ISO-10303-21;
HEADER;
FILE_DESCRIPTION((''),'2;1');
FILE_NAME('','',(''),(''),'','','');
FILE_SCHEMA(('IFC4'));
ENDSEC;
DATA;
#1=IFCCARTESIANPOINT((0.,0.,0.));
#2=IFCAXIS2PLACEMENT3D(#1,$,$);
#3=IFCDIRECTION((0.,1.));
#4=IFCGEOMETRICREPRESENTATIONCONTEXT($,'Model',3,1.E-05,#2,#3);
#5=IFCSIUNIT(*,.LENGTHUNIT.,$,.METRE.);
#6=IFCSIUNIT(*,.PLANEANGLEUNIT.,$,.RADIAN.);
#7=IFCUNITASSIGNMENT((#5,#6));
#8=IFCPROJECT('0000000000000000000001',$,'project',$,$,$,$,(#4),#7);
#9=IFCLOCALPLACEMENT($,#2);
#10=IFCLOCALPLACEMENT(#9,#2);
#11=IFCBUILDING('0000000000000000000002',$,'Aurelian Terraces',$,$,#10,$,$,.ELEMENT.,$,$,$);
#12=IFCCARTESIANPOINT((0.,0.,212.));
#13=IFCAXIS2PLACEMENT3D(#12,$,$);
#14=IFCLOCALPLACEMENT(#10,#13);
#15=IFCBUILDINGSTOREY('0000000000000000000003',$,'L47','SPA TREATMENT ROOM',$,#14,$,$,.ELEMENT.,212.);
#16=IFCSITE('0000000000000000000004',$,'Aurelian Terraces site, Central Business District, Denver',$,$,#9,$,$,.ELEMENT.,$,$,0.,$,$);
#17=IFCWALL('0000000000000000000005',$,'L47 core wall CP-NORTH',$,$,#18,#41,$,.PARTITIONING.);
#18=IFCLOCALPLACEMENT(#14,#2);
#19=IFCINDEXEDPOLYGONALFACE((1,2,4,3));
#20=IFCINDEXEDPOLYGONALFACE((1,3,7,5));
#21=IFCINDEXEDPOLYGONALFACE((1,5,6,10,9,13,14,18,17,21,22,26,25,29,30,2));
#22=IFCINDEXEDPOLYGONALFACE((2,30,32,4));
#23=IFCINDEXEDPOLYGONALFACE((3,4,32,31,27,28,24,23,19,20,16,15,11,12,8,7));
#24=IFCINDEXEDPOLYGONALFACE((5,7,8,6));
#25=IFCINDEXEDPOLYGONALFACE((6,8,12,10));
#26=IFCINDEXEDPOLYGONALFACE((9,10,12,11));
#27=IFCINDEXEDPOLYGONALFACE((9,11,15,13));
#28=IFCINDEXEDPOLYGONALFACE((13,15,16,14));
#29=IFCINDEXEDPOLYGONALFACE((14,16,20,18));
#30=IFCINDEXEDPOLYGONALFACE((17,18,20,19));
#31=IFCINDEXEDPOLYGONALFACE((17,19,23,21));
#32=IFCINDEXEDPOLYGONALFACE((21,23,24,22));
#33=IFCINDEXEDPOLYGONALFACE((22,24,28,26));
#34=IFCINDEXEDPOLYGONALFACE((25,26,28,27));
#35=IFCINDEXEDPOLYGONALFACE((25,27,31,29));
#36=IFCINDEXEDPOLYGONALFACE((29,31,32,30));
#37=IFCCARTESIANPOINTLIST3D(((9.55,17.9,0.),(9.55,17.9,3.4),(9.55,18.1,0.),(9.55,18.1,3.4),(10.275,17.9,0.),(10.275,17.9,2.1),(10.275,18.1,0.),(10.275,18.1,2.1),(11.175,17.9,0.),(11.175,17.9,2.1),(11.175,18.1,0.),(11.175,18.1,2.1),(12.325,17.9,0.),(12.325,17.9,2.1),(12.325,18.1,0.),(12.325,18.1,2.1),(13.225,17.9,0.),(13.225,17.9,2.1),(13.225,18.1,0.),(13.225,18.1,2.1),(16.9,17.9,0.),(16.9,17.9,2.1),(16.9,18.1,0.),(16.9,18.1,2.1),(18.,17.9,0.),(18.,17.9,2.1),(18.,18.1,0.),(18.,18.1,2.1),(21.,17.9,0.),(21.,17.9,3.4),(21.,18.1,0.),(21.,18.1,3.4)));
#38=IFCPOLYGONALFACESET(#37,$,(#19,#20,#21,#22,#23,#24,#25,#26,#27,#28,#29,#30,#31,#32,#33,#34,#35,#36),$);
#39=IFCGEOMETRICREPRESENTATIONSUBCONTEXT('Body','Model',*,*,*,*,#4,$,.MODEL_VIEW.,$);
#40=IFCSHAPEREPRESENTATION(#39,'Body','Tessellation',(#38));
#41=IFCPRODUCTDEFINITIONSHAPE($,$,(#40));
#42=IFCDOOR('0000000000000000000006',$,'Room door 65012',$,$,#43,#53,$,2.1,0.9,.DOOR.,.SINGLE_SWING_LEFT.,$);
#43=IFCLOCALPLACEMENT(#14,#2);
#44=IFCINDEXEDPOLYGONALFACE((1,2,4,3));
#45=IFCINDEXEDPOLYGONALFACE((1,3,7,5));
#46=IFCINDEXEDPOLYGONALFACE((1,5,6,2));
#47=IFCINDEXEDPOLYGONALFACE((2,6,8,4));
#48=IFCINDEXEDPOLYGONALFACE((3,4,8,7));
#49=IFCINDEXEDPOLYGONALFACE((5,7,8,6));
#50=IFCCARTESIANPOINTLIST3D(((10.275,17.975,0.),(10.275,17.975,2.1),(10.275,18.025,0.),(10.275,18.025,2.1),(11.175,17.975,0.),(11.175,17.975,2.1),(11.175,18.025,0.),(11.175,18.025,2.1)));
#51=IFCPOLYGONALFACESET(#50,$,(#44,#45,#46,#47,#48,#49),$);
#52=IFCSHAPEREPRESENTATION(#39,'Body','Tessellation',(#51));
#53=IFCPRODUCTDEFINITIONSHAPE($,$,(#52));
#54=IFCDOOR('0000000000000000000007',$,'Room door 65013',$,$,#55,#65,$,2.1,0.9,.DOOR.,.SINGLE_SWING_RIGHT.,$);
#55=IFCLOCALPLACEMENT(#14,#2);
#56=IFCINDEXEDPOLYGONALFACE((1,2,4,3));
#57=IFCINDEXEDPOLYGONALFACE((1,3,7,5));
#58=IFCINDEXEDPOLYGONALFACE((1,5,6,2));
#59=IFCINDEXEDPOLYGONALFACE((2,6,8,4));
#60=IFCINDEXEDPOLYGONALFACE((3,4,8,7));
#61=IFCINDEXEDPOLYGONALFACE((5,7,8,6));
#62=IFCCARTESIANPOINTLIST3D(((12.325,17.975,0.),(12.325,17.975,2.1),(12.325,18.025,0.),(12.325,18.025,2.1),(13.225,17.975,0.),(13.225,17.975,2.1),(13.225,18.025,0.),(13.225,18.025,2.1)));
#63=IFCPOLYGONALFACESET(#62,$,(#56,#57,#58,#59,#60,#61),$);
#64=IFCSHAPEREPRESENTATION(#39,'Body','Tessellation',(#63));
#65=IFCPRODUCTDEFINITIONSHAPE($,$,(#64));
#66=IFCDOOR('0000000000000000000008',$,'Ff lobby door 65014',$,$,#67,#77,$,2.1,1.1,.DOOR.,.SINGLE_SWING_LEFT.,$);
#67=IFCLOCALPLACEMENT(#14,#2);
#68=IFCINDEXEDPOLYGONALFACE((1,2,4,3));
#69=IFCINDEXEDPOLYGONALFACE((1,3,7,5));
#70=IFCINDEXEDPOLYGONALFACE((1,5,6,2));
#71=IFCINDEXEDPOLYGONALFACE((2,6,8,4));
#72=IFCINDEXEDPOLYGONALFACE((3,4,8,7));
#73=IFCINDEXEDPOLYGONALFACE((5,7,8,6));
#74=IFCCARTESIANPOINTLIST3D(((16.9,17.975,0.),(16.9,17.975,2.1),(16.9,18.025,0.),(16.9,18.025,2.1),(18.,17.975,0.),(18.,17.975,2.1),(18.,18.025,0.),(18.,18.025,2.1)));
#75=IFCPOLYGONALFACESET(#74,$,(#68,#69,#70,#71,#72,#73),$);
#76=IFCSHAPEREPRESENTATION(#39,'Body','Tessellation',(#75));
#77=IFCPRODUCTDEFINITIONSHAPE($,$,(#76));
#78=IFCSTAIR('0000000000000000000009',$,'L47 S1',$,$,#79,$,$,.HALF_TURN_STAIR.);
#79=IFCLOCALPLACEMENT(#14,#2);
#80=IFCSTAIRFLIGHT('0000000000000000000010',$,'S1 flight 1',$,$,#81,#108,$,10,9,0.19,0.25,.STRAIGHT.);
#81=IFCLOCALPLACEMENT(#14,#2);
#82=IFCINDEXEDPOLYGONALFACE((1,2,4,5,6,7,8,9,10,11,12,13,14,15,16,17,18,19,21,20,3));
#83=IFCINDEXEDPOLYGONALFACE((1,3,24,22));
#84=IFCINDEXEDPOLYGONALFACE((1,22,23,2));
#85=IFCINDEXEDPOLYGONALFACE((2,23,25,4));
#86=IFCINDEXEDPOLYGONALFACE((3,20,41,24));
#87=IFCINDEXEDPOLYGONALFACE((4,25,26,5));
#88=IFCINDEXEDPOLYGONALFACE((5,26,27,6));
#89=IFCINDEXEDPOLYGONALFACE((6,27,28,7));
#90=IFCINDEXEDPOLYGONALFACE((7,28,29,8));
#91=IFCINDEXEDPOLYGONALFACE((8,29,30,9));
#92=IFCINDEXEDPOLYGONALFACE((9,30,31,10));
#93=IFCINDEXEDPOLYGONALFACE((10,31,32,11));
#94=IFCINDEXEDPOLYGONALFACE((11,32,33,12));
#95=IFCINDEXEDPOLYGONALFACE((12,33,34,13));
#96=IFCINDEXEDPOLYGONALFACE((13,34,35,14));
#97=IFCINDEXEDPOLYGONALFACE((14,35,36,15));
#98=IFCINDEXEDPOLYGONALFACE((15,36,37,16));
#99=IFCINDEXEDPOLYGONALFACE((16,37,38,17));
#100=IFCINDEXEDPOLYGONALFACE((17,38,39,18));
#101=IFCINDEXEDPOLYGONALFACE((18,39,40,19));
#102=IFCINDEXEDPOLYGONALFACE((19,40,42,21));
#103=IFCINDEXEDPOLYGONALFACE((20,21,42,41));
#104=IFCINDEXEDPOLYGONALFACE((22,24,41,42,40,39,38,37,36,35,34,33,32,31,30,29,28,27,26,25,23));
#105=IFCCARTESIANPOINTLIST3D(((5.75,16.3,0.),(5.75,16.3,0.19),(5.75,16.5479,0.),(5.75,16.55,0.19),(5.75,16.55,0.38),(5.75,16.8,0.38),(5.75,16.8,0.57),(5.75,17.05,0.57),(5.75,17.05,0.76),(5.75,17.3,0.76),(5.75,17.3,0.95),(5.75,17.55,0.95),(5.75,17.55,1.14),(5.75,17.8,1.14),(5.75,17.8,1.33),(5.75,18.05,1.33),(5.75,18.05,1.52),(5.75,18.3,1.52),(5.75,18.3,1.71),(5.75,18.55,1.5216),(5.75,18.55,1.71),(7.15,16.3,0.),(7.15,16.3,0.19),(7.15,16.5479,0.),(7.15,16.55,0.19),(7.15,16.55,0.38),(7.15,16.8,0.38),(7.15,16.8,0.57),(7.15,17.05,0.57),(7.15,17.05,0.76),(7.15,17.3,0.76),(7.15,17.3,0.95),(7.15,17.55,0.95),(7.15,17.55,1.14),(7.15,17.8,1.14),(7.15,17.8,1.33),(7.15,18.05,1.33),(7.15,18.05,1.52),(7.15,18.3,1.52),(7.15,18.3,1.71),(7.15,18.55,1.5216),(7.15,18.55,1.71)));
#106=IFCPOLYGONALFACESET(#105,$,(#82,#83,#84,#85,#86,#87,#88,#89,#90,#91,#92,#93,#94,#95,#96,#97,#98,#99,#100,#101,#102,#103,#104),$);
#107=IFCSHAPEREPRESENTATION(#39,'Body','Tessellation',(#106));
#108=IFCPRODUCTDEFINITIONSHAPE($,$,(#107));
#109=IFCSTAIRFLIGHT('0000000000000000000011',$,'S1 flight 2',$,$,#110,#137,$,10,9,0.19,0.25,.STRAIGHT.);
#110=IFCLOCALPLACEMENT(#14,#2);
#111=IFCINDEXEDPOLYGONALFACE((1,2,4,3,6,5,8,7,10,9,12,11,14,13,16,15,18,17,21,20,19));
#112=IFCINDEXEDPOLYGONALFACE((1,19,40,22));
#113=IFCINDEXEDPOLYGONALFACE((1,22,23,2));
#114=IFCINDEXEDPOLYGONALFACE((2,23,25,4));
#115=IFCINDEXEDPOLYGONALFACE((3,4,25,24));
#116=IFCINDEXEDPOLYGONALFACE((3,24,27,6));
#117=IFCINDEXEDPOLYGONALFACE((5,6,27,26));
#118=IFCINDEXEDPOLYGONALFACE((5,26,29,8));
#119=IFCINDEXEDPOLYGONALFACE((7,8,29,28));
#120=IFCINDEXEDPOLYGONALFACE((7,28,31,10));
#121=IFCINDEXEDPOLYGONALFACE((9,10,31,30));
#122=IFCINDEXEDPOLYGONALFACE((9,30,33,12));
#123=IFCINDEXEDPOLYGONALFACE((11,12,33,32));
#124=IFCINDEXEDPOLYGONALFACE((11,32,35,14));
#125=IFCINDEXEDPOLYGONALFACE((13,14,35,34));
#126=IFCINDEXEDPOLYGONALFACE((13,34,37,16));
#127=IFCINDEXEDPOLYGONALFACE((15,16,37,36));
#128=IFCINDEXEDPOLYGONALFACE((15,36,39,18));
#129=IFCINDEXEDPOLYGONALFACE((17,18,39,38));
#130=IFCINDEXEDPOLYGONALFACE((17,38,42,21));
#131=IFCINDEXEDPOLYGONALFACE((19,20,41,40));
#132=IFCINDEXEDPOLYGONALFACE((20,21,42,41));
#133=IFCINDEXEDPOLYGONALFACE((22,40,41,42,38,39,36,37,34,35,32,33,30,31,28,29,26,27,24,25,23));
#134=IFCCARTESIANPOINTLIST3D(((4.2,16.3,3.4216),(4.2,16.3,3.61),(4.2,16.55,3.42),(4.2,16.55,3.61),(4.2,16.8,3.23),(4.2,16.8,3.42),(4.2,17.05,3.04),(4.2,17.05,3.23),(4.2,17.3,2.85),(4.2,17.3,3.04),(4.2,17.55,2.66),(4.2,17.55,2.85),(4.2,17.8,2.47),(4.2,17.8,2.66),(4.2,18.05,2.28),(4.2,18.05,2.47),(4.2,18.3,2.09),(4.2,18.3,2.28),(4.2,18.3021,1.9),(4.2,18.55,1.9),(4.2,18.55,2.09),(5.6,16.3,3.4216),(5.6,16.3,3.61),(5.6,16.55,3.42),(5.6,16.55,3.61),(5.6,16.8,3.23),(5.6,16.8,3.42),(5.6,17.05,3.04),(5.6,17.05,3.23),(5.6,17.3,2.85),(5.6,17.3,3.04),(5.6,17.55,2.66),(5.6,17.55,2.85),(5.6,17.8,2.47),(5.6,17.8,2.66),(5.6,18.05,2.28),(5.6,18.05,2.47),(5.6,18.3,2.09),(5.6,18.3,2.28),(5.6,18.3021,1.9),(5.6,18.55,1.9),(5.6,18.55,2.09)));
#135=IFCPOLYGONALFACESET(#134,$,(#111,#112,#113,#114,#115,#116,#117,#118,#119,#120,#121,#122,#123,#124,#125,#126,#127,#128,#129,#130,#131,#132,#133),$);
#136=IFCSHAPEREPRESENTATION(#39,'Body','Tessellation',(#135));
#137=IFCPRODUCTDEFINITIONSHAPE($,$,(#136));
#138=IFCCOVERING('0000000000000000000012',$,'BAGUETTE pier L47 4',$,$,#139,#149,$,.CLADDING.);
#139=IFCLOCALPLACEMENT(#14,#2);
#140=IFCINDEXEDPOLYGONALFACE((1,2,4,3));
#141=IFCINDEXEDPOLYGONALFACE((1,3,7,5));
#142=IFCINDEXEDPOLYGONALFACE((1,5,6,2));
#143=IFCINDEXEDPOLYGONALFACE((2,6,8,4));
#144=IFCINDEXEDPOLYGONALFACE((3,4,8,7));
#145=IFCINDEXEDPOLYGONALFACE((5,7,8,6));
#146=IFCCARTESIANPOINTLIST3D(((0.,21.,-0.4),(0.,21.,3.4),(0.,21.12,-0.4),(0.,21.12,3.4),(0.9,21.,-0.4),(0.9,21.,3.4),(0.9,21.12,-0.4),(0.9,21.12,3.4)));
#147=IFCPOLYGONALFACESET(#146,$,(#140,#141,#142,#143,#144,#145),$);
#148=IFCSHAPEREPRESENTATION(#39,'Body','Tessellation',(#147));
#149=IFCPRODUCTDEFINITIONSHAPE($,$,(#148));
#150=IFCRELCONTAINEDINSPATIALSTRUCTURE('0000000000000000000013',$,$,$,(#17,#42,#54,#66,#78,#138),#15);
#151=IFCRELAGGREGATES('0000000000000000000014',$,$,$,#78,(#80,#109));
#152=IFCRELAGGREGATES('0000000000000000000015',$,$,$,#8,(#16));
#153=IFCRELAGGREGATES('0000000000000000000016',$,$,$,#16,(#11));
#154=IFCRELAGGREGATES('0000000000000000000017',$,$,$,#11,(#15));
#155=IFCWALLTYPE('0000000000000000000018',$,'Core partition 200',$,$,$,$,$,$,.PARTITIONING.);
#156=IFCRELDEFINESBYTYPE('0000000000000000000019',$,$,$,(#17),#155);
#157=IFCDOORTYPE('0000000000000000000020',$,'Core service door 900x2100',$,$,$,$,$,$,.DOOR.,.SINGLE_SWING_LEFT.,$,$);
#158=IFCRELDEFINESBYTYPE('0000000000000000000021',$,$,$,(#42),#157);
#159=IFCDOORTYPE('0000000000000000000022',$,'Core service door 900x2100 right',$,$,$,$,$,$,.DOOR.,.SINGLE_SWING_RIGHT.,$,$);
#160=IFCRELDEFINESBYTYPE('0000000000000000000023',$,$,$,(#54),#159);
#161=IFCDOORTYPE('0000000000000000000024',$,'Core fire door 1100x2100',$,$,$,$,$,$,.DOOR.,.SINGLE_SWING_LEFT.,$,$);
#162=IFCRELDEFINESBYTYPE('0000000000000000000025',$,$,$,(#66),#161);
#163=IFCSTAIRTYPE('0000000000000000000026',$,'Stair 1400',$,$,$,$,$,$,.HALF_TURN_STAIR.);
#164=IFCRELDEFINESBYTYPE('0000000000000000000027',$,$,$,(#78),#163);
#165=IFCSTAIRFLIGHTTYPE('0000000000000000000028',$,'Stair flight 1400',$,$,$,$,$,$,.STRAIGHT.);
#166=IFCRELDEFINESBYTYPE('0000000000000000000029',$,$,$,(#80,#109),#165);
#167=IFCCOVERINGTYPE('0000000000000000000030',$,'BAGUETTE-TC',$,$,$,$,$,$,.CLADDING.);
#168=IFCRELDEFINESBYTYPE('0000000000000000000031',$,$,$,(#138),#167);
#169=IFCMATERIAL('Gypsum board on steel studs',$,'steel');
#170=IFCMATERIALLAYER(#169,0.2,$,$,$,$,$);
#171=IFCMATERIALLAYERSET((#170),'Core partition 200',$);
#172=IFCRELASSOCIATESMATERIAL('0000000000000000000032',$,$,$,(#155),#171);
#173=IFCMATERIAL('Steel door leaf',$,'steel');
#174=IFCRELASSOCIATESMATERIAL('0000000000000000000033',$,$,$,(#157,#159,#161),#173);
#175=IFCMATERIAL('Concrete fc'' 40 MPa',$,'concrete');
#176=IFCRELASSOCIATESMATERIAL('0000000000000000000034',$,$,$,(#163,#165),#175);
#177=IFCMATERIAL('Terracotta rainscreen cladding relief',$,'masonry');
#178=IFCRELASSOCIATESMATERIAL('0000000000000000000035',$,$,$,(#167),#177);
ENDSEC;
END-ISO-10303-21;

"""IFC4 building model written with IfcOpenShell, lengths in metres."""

from ifc_helpers import new_model, si_unit, direction, frame, frame_2d, origin, origin_2d, place, context, subcontext, project, spatial, polyline, rectangle, outline, extrude, source, transform, mapped, material, layer, layer_set, type_object, element, fill, aggregate, save


model = new_model("IFC4")

# Units and contexts
model_context = context("Model", 3, precision=1e-05, world=origin(), true_north=direction((0.0, 1.0)))
body_context = subcontext(model_context, "Body", "Model", "MODEL_VIEW")
ifc_project = project(units=[si_unit("LENGTHUNIT", "METRE"), si_unit("PLANEANGLEUNIT", "RADIAN")], contexts=[model_context])

# Site, building, storey
site_placement = place(None, origin())
site = spatial("IfcSite", under=ifc_project, at=site_placement, Name="Aurelian Terraces site, Central Business District, Denver", CompositionType="ELEMENT", RefElevation=0.0)
building_placement = place(site_placement, origin())
building = spatial("IfcBuilding", under=site, at=building_placement, Name="Aurelian Terraces", CompositionType="ELEMENT")
storey_placement = place(building_placement, frame((0.0, 0.0, 212.0)))
storey = spatial("IfcBuildingStorey", under=building, at=storey_placement, Name="L47", Description="SPA TREATMENT ROOM", CompositionType="ELEMENT", Elevation=212.0)

# Wall, openings, doors
ifc_material_1 = material(Name="Gypsum board on steel studs", Category="steel")
ifc_layer_1 = layer(ifc_material_1, 0.2)
ifc_layer_set_1 = layer_set([ifc_layer_1], Name="Core partition 200")
wall_type_1 = type_object("IfcWallType", Name="Core partition 200", PredefinedType="PARTITIONING", material=ifc_layer_set_1)
shared_shape_1 = source(origin(), body_context, "Body", "SweptSolid", [
    extrude(rectangle(XDim=11.45, YDim=0.2, at=frame_2d((5.725, 0.0))), origin(), (0.0, 0.0, 1.0), 3.4),
])
wall_1_placement = place(storey_placement, frame((9.55, 18.0, 0.0), z_axis=(0.0, 0.0, 1.0), x_axis=(1.0, 0.0, 0.0)))
wall_1 = element("IfcWall", 1, at=wall_1_placement, inside=storey, type_object=wall_type_1, Name="L47 core wall CP-NORTH", PredefinedType="PARTITIONING", context=body_context, shape_type="MappedRepresentation", body=[
    mapped(shared_shape_1, transform((0.0, 0.0, 0.0), scale=1.0)),
])
shared_shape_2 = source(origin(), body_context, "Body", "SweptSolid", [
    extrude(rectangle(XDim=0.9, YDim=2.1, at=frame_2d((0.45, 1.05))), frame((0.0, 0.11, 0.0), z_axis=(0.0, -1.0, 0.0), x_axis=(1.0, 0.0, 0.0)), (0.0, 0.0, 1.0), 0.22),
])
opening_1_placement = place(wall_1_placement, frame((0.725, 0.0, 0.0)))
opening_1 = element("IfcOpeningElement", 2, at=opening_1_placement, cuts=wall_1, PredefinedType="OPENING", context=body_context, shape_type="MappedRepresentation", body=[
    mapped(shared_shape_2, transform((0.0, 0.0, 0.0), scale=1.0)),
])
opening_2_placement = place(wall_1_placement, frame((2.775, 0.0, 0.0)))
opening_2 = element("IfcOpeningElement", 3, at=opening_2_placement, cuts=wall_1, PredefinedType="OPENING", context=body_context, shape_type="MappedRepresentation", body=[
    mapped(shared_shape_2, transform((0.0, 0.0, 0.0), scale=1.0)),
])
shared_shape_3 = source(origin(), body_context, "Body", "SweptSolid", [
    extrude(rectangle(XDim=1.1, YDim=2.1, at=frame_2d((0.55, 1.05))), frame((0.0, 0.11, 0.0), z_axis=(0.0, -1.0, 0.0), x_axis=(1.0, 0.0, 0.0)), (0.0, 0.0, 1.0), 0.22),
])
opening_3_placement = place(wall_1_placement, frame((7.35, 0.0, 0.0)))
opening_3 = element("IfcOpeningElement", 4, at=opening_3_placement, cuts=wall_1, PredefinedType="OPENING", context=body_context, shape_type="MappedRepresentation", body=[
    mapped(shared_shape_3, transform((0.0, 0.0, 0.0), scale=1.0)),
])
ifc_material_2 = material(Name="Steel door leaf", Category="steel")
door_type_1 = type_object("IfcDoorType", Name="Core service door 900x2100", OperationType="SINGLE_SWING_LEFT", PredefinedType="DOOR", material=ifc_material_2)
shared_shape_4 = source(origin(), body_context, "Body", "SweptSolid", [
    extrude(rectangle(XDim=0.9, YDim=2.1, at=frame_2d((0.45, 1.05))), frame((0.0, 0.025, 0.0), z_axis=(0.0, -1.0, 0.0), x_axis=(1.0, 0.0, 0.0)), (0.0, 0.0, 1.0), 0.05),
])
door_1_placement = place(opening_1_placement, origin())
door_1 = element("IfcDoor", 5, at=door_1_placement, inside=storey, type_object=door_type_1, Name="Room door 65012", OperationType="SINGLE_SWING_LEFT", OverallHeight=2.1, OverallWidth=0.9, PredefinedType="DOOR", context=body_context, shape_type="MappedRepresentation", body=[
    mapped(shared_shape_4, transform((0.0, 0.0, 0.0), scale=1.0)),
])
fill(opening_1, door_1)
door_type_2 = type_object("IfcDoorType", Name="Core service door 900x2100 right", OperationType="SINGLE_SWING_RIGHT", PredefinedType="DOOR", material=ifc_material_2)
door_2_placement = place(opening_2_placement, origin())
door_2 = element("IfcDoor", 6, at=door_2_placement, inside=storey, type_object=door_type_2, Name="Room door 65013", OperationType="SINGLE_SWING_RIGHT", OverallHeight=2.1, OverallWidth=0.9, PredefinedType="DOOR", context=body_context, shape_type="MappedRepresentation", body=[
    mapped(shared_shape_4, transform((0.0, 0.0, 0.0), scale=1.0)),
])
fill(opening_2, door_2)
door_type_3 = type_object("IfcDoorType", Name="Core fire door 1100x2100", OperationType="SINGLE_SWING_LEFT", PredefinedType="DOOR", material=ifc_material_2)
shared_shape_5 = source(origin(), body_context, "Body", "SweptSolid", [
    extrude(rectangle(XDim=1.1, YDim=2.1, at=frame_2d((0.55, 1.05))), frame((0.0, 0.025, 0.0), z_axis=(0.0, -1.0, 0.0), x_axis=(1.0, 0.0, 0.0)), (0.0, 0.0, 1.0), 0.05),
])
door_3_placement = place(opening_3_placement, origin())
door_3 = element("IfcDoor", 7, at=door_3_placement, inside=storey, type_object=door_type_3, Name="Ff lobby door 65014", OperationType="SINGLE_SWING_LEFT", OverallHeight=2.1, OverallWidth=1.1, PredefinedType="DOOR", context=body_context, shape_type="MappedRepresentation", body=[
    mapped(shared_shape_5, transform((0.0, 0.0, 0.0), scale=1.0)),
])
fill(opening_3, door_3)

# Stair, stair flights
ifc_material_3 = material(Name="Concrete fc' 40 MPa", Category="concrete")
stair_type = type_object("IfcStairType", Name="Stair 1400", PredefinedType="HALF_TURN_STAIR", material=ifc_material_3)
stair_placement = place(storey_placement, origin())
stair = element("IfcStair", 8, at=stair_placement, inside=storey, type_object=stair_type, Name="L47 S1", PredefinedType="HALF_TURN_STAIR")
stair_flight_type = type_object("IfcStairFlightType", Name="Stair flight 1400", PredefinedType="STRAIGHT", material=ifc_material_3)
shared_shape_6 = source(origin(), body_context, "Body", "SweptSolid", [
    extrude(outline(polyline([(0.0, 0.0), (0.0, 0.19), (0.25, 0.19), (0.25, 0.38), (0.5, 0.38), (0.5, 0.57), (0.75, 0.57), (0.75, 0.76), (1.0, 0.76), (1.0, 0.95), (1.25, 0.95), (1.25, 1.14), (1.5, 1.14), (1.5, 1.33), (1.75, 1.33), (1.75, 1.52), (2.0, 1.52), (2.0, 1.71), (2.25, 1.71), (2.25, 1.9), (2.25, 1.5216), (0.2479, 0.0), (0.0, 0.0)])), frame((0.0, 0.7, 0.0), z_axis=(0.0, -1.0, 0.0), x_axis=(1.0, 0.0, 0.0)), (0.0, 0.0, 1.0), 1.4),
])
stair_flight_1_placement = place(storey_placement, frame((6.45, 16.3, 0.0), z_axis=(0.0, 0.0, 1.0), x_axis=(0.0, 1.0, 0.0)))
stair_flight_1 = element("IfcStairFlight", 9, at=stair_flight_1_placement, type_object=stair_flight_type, Name="S1 flight 1", NumberOfRisers=10, NumberOfTreads=9, PredefinedType="STRAIGHT", RiserHeight=0.19, TreadLength=0.25, context=body_context, shape_type="MappedRepresentation", body=[
    mapped(shared_shape_6, transform((0.0, 0.0, 0.0), scale=1.0)),
])
stair_flight_2_placement = place(storey_placement, frame((4.9, 18.55, 1.9), z_axis=(0.0, 0.0, 1.0), x_axis=(0.0, -1.0, 0.0)))
stair_flight_2 = element("IfcStairFlight", 10, at=stair_flight_2_placement, type_object=stair_flight_type, Name="S1 flight 2", NumberOfRisers=10, NumberOfTreads=9, PredefinedType="STRAIGHT", RiserHeight=0.19, TreadLength=0.25, context=body_context, shape_type="MappedRepresentation", body=[
    mapped(shared_shape_6, transform((0.0, 0.0, 0.0), scale=1.0)),
])
aggregate(stair, [stair_flight_1, stair_flight_2])

# Covering
ifc_material_4 = material(Name="Terracotta rainscreen cladding relief", Category="masonry")
covering_type = type_object("IfcCoveringType", Name="BAGUETTE-TC", PredefinedType="CLADDING", material=ifc_material_4)
shared_shape_7 = source(origin(), body_context, "Body", "SweptSolid", [
    extrude(rectangle(XDim=0.9, YDim=0.12, at=origin_2d()), origin(), (0.0, 0.0, 1.0), 3.8),
])
covering_placement = place(storey_placement, frame((0.45, 21.06, -0.4), z_axis=(0.0, 0.0, 1.0), x_axis=(1.0, 0.0, 0.0)))
element("IfcCovering", 11, at=covering_placement, inside=storey, type_object=covering_type, Name="BAGUETTE pier L47 4", PredefinedType="CLADDING", context=body_context, shape_type="MappedRepresentation", body=[
    mapped(shared_shape_7, transform((0.0, 0.0, 0.0), scale=1.0)),
])

save(model, "model.ifc")
